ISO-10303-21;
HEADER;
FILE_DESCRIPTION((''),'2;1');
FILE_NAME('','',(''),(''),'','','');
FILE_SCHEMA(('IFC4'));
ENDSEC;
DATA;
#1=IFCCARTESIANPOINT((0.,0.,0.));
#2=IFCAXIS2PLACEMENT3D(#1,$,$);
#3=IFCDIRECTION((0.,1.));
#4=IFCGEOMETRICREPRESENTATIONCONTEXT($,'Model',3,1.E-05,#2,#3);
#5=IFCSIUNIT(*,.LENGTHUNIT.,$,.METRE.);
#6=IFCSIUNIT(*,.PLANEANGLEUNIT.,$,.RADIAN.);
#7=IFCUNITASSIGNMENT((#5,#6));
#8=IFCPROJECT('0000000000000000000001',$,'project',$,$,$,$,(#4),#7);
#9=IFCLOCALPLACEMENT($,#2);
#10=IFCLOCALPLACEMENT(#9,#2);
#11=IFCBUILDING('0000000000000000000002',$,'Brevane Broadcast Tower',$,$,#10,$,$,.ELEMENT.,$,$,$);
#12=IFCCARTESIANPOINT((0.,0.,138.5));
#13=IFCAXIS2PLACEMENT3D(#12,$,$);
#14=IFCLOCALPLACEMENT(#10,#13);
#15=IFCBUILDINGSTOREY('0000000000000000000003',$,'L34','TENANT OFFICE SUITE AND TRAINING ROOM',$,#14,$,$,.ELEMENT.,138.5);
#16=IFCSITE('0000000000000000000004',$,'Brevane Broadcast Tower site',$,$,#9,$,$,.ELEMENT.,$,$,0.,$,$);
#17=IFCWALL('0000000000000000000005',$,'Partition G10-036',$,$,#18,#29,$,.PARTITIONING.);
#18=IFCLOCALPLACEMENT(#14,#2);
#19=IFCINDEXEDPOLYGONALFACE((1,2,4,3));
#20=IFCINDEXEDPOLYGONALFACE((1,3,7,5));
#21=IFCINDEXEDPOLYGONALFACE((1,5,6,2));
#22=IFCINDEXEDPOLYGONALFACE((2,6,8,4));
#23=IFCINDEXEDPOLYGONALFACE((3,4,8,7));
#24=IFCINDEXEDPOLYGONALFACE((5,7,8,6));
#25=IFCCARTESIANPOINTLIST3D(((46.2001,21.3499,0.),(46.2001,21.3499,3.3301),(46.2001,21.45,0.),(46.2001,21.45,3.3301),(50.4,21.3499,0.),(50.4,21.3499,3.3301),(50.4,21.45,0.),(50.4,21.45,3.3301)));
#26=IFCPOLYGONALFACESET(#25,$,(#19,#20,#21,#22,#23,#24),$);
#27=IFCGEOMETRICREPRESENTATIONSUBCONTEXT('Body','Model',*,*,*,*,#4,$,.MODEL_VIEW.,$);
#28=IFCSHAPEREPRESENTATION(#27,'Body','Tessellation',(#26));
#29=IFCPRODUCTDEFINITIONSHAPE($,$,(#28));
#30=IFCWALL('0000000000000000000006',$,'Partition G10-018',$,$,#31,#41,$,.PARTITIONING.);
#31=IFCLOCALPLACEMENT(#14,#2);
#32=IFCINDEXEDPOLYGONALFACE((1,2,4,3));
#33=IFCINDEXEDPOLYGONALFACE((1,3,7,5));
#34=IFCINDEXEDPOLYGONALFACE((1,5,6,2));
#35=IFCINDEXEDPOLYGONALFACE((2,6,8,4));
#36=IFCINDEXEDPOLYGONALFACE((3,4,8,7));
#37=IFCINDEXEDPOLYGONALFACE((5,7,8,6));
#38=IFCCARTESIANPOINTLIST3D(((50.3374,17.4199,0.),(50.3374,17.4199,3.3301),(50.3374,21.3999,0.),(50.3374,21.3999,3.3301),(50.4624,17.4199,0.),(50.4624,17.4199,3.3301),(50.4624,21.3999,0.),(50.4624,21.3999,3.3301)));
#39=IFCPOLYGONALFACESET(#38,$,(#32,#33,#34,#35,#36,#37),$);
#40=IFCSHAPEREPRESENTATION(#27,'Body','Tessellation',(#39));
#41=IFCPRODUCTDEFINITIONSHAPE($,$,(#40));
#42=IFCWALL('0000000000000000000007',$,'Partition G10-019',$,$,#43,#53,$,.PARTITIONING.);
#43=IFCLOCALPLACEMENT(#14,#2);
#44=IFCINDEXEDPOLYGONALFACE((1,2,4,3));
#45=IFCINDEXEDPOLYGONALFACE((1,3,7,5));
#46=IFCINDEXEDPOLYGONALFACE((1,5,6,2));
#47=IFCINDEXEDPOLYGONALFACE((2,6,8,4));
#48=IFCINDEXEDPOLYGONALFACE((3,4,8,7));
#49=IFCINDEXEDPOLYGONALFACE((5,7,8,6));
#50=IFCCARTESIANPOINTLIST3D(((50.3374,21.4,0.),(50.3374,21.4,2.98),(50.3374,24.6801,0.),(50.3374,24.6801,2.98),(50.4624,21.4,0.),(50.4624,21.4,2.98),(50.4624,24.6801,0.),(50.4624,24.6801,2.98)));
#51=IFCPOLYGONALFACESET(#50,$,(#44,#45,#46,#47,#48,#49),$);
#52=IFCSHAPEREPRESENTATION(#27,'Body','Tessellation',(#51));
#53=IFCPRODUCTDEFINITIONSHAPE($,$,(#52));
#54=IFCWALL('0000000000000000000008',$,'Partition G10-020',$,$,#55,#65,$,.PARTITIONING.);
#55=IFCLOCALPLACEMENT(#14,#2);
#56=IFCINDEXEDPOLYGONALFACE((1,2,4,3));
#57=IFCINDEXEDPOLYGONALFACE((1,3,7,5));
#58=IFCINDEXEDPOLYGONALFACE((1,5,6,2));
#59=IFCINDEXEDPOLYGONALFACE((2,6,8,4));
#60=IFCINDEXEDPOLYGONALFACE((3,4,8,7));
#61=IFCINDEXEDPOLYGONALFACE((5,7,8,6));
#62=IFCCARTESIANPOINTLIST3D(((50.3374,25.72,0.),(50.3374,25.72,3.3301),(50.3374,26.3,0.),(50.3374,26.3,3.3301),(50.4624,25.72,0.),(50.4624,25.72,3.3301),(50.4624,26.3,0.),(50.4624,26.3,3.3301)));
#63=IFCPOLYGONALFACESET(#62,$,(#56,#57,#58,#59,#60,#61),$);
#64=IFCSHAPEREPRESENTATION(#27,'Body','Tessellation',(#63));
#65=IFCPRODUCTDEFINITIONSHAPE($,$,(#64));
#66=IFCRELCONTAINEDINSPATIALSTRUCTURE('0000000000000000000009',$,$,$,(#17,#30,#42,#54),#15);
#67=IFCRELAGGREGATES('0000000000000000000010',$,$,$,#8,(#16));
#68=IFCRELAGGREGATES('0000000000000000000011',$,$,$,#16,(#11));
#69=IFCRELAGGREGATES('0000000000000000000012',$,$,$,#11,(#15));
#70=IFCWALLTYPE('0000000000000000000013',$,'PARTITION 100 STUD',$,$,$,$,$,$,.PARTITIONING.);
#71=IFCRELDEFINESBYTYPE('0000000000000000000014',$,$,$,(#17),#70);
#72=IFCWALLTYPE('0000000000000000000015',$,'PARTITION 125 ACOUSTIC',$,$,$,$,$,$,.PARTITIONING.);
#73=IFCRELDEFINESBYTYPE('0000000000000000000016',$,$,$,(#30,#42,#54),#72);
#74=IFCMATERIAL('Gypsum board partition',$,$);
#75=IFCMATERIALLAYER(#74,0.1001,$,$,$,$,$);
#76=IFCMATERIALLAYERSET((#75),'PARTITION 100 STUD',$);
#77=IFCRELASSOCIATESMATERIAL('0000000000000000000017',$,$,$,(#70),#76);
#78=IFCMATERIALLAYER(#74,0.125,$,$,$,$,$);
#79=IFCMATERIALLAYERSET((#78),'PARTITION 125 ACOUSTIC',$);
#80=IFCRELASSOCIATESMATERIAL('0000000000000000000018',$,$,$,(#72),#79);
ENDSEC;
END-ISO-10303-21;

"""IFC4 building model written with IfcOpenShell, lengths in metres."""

from ifc_helpers import new_model, si_unit, direction, frame, frame_2d, origin, place, context, subcontext, project, spatial, rectangle, extrude, material, layer, layer_set, type_object, element, save


model = new_model("IFC4")

# Units and contexts
model_context = context("Model", 3, precision=1e-05, world=origin(), true_north=direction((0.0, 1.0)))
body_context = subcontext(model_context, "Body", "Model", "MODEL_VIEW")
ifc_project = project(units=[si_unit("LENGTHUNIT", "METRE"), si_unit("PLANEANGLEUNIT", "RADIAN")], contexts=[model_context])

# Site, building, storey
site_placement = place(None, origin())
site = spatial("IfcSite", under=ifc_project, at=site_placement, Name="Brevane Broadcast Tower site", CompositionType="ELEMENT", RefElevation=0.0)
building_placement = place(site_placement, origin())
building = spatial("IfcBuilding", under=site, at=building_placement, Name="Brevane Broadcast Tower", CompositionType="ELEMENT")
storey_placement = place(building_placement, frame((0.0, 0.0, 138.5)))
storey = spatial("IfcBuildingStorey", under=building, at=storey_placement, Name="L34", Description="TENANT OFFICE SUITE AND TRAINING ROOM", CompositionType="ELEMENT", Elevation=138.5)

# Shared definitions
ifc_material_1 = material(Name="Gypsum board partition")
ifc_layer_1 = layer(ifc_material_1, 0.1001)
ifc_layer_set_1 = layer_set([ifc_layer_1], Name="PARTITION 100 STUD")
wall_type_1 = type_object("IfcWallType", Name="PARTITION 100 STUD", PredefinedType="PARTITIONING", material=ifc_layer_set_1)

# Walls
wall_1_placement = place(storey_placement, frame((46.2, 21.3999, 0.0), z_axis=(0.0, 0.0, 1.0), x_axis=(1.0, 0.0, 0.0)))
element("IfcWall", 1, at=wall_1_placement, inside=storey, type_object=wall_type_1, Name="Partition G10-036", PredefinedType="PARTITIONING", context=body_context, shape_type="SweptSolid", body=[
    extrude(rectangle(XDim=4.2, YDim=0.1001, at=frame_2d((2.1001, 0.0))), origin(), (0.0, 0.0, 1.0), 3.3301),
])
ifc_layer_2 = layer(ifc_material_1, 0.125)
ifc_layer_set_2 = layer_set([ifc_layer_2], Name="PARTITION 125 ACOUSTIC")
wall_type_2 = type_object("IfcWallType", Name="PARTITION 125 ACOUSTIC", PredefinedType="PARTITIONING", material=ifc_layer_set_2)
wall_2_placement = place(storey_placement, frame((50.3999, 17.4199, 0.0), z_axis=(0.0, 0.0, 1.0), x_axis=(0.0, 1.0, 0.0)))
element("IfcWall", 2, at=wall_2_placement, inside=storey, type_object=wall_type_2, Name="Partition G10-018", PredefinedType="PARTITIONING", context=body_context, shape_type="SweptSolid", body=[
    extrude(rectangle(XDim=3.98, YDim=0.125, at=frame_2d((1.99, 0.0))), origin(), (0.0, 0.0, 1.0), 3.3301),
])
wall_3_placement = place(storey_placement, frame((50.3999, 21.3999, 0.0), z_axis=(0.0, 0.0, 1.0), x_axis=(0.0, 1.0, 0.0)))
element("IfcWall", 3, at=wall_3_placement, inside=storey, type_object=wall_type_2, Name="Partition G10-019", PredefinedType="PARTITIONING", context=body_context, shape_type="SweptSolid", body=[
    extrude(rectangle(XDim=3.28, YDim=0.125, at=frame_2d((1.6401, 0.0))), origin(), (0.0, 0.0, 1.0), 2.98),
])
wall_4_placement = place(storey_placement, frame((50.3999, 25.72, 0.0), z_axis=(0.0, 0.0, 1.0), x_axis=(0.0, 1.0, 0.0)))
element("IfcWall", 4, at=wall_4_placement, inside=storey, type_object=wall_type_2, Name="Partition G10-020", PredefinedType="PARTITIONING", context=body_context, shape_type="SweptSolid", body=[
    extrude(rectangle(XDim=0.5801, YDim=0.125, at=frame_2d((0.29, 0.0))), origin(), (0.0, 0.0, 1.0), 3.3301),
])

save(model, "model.ifc")
